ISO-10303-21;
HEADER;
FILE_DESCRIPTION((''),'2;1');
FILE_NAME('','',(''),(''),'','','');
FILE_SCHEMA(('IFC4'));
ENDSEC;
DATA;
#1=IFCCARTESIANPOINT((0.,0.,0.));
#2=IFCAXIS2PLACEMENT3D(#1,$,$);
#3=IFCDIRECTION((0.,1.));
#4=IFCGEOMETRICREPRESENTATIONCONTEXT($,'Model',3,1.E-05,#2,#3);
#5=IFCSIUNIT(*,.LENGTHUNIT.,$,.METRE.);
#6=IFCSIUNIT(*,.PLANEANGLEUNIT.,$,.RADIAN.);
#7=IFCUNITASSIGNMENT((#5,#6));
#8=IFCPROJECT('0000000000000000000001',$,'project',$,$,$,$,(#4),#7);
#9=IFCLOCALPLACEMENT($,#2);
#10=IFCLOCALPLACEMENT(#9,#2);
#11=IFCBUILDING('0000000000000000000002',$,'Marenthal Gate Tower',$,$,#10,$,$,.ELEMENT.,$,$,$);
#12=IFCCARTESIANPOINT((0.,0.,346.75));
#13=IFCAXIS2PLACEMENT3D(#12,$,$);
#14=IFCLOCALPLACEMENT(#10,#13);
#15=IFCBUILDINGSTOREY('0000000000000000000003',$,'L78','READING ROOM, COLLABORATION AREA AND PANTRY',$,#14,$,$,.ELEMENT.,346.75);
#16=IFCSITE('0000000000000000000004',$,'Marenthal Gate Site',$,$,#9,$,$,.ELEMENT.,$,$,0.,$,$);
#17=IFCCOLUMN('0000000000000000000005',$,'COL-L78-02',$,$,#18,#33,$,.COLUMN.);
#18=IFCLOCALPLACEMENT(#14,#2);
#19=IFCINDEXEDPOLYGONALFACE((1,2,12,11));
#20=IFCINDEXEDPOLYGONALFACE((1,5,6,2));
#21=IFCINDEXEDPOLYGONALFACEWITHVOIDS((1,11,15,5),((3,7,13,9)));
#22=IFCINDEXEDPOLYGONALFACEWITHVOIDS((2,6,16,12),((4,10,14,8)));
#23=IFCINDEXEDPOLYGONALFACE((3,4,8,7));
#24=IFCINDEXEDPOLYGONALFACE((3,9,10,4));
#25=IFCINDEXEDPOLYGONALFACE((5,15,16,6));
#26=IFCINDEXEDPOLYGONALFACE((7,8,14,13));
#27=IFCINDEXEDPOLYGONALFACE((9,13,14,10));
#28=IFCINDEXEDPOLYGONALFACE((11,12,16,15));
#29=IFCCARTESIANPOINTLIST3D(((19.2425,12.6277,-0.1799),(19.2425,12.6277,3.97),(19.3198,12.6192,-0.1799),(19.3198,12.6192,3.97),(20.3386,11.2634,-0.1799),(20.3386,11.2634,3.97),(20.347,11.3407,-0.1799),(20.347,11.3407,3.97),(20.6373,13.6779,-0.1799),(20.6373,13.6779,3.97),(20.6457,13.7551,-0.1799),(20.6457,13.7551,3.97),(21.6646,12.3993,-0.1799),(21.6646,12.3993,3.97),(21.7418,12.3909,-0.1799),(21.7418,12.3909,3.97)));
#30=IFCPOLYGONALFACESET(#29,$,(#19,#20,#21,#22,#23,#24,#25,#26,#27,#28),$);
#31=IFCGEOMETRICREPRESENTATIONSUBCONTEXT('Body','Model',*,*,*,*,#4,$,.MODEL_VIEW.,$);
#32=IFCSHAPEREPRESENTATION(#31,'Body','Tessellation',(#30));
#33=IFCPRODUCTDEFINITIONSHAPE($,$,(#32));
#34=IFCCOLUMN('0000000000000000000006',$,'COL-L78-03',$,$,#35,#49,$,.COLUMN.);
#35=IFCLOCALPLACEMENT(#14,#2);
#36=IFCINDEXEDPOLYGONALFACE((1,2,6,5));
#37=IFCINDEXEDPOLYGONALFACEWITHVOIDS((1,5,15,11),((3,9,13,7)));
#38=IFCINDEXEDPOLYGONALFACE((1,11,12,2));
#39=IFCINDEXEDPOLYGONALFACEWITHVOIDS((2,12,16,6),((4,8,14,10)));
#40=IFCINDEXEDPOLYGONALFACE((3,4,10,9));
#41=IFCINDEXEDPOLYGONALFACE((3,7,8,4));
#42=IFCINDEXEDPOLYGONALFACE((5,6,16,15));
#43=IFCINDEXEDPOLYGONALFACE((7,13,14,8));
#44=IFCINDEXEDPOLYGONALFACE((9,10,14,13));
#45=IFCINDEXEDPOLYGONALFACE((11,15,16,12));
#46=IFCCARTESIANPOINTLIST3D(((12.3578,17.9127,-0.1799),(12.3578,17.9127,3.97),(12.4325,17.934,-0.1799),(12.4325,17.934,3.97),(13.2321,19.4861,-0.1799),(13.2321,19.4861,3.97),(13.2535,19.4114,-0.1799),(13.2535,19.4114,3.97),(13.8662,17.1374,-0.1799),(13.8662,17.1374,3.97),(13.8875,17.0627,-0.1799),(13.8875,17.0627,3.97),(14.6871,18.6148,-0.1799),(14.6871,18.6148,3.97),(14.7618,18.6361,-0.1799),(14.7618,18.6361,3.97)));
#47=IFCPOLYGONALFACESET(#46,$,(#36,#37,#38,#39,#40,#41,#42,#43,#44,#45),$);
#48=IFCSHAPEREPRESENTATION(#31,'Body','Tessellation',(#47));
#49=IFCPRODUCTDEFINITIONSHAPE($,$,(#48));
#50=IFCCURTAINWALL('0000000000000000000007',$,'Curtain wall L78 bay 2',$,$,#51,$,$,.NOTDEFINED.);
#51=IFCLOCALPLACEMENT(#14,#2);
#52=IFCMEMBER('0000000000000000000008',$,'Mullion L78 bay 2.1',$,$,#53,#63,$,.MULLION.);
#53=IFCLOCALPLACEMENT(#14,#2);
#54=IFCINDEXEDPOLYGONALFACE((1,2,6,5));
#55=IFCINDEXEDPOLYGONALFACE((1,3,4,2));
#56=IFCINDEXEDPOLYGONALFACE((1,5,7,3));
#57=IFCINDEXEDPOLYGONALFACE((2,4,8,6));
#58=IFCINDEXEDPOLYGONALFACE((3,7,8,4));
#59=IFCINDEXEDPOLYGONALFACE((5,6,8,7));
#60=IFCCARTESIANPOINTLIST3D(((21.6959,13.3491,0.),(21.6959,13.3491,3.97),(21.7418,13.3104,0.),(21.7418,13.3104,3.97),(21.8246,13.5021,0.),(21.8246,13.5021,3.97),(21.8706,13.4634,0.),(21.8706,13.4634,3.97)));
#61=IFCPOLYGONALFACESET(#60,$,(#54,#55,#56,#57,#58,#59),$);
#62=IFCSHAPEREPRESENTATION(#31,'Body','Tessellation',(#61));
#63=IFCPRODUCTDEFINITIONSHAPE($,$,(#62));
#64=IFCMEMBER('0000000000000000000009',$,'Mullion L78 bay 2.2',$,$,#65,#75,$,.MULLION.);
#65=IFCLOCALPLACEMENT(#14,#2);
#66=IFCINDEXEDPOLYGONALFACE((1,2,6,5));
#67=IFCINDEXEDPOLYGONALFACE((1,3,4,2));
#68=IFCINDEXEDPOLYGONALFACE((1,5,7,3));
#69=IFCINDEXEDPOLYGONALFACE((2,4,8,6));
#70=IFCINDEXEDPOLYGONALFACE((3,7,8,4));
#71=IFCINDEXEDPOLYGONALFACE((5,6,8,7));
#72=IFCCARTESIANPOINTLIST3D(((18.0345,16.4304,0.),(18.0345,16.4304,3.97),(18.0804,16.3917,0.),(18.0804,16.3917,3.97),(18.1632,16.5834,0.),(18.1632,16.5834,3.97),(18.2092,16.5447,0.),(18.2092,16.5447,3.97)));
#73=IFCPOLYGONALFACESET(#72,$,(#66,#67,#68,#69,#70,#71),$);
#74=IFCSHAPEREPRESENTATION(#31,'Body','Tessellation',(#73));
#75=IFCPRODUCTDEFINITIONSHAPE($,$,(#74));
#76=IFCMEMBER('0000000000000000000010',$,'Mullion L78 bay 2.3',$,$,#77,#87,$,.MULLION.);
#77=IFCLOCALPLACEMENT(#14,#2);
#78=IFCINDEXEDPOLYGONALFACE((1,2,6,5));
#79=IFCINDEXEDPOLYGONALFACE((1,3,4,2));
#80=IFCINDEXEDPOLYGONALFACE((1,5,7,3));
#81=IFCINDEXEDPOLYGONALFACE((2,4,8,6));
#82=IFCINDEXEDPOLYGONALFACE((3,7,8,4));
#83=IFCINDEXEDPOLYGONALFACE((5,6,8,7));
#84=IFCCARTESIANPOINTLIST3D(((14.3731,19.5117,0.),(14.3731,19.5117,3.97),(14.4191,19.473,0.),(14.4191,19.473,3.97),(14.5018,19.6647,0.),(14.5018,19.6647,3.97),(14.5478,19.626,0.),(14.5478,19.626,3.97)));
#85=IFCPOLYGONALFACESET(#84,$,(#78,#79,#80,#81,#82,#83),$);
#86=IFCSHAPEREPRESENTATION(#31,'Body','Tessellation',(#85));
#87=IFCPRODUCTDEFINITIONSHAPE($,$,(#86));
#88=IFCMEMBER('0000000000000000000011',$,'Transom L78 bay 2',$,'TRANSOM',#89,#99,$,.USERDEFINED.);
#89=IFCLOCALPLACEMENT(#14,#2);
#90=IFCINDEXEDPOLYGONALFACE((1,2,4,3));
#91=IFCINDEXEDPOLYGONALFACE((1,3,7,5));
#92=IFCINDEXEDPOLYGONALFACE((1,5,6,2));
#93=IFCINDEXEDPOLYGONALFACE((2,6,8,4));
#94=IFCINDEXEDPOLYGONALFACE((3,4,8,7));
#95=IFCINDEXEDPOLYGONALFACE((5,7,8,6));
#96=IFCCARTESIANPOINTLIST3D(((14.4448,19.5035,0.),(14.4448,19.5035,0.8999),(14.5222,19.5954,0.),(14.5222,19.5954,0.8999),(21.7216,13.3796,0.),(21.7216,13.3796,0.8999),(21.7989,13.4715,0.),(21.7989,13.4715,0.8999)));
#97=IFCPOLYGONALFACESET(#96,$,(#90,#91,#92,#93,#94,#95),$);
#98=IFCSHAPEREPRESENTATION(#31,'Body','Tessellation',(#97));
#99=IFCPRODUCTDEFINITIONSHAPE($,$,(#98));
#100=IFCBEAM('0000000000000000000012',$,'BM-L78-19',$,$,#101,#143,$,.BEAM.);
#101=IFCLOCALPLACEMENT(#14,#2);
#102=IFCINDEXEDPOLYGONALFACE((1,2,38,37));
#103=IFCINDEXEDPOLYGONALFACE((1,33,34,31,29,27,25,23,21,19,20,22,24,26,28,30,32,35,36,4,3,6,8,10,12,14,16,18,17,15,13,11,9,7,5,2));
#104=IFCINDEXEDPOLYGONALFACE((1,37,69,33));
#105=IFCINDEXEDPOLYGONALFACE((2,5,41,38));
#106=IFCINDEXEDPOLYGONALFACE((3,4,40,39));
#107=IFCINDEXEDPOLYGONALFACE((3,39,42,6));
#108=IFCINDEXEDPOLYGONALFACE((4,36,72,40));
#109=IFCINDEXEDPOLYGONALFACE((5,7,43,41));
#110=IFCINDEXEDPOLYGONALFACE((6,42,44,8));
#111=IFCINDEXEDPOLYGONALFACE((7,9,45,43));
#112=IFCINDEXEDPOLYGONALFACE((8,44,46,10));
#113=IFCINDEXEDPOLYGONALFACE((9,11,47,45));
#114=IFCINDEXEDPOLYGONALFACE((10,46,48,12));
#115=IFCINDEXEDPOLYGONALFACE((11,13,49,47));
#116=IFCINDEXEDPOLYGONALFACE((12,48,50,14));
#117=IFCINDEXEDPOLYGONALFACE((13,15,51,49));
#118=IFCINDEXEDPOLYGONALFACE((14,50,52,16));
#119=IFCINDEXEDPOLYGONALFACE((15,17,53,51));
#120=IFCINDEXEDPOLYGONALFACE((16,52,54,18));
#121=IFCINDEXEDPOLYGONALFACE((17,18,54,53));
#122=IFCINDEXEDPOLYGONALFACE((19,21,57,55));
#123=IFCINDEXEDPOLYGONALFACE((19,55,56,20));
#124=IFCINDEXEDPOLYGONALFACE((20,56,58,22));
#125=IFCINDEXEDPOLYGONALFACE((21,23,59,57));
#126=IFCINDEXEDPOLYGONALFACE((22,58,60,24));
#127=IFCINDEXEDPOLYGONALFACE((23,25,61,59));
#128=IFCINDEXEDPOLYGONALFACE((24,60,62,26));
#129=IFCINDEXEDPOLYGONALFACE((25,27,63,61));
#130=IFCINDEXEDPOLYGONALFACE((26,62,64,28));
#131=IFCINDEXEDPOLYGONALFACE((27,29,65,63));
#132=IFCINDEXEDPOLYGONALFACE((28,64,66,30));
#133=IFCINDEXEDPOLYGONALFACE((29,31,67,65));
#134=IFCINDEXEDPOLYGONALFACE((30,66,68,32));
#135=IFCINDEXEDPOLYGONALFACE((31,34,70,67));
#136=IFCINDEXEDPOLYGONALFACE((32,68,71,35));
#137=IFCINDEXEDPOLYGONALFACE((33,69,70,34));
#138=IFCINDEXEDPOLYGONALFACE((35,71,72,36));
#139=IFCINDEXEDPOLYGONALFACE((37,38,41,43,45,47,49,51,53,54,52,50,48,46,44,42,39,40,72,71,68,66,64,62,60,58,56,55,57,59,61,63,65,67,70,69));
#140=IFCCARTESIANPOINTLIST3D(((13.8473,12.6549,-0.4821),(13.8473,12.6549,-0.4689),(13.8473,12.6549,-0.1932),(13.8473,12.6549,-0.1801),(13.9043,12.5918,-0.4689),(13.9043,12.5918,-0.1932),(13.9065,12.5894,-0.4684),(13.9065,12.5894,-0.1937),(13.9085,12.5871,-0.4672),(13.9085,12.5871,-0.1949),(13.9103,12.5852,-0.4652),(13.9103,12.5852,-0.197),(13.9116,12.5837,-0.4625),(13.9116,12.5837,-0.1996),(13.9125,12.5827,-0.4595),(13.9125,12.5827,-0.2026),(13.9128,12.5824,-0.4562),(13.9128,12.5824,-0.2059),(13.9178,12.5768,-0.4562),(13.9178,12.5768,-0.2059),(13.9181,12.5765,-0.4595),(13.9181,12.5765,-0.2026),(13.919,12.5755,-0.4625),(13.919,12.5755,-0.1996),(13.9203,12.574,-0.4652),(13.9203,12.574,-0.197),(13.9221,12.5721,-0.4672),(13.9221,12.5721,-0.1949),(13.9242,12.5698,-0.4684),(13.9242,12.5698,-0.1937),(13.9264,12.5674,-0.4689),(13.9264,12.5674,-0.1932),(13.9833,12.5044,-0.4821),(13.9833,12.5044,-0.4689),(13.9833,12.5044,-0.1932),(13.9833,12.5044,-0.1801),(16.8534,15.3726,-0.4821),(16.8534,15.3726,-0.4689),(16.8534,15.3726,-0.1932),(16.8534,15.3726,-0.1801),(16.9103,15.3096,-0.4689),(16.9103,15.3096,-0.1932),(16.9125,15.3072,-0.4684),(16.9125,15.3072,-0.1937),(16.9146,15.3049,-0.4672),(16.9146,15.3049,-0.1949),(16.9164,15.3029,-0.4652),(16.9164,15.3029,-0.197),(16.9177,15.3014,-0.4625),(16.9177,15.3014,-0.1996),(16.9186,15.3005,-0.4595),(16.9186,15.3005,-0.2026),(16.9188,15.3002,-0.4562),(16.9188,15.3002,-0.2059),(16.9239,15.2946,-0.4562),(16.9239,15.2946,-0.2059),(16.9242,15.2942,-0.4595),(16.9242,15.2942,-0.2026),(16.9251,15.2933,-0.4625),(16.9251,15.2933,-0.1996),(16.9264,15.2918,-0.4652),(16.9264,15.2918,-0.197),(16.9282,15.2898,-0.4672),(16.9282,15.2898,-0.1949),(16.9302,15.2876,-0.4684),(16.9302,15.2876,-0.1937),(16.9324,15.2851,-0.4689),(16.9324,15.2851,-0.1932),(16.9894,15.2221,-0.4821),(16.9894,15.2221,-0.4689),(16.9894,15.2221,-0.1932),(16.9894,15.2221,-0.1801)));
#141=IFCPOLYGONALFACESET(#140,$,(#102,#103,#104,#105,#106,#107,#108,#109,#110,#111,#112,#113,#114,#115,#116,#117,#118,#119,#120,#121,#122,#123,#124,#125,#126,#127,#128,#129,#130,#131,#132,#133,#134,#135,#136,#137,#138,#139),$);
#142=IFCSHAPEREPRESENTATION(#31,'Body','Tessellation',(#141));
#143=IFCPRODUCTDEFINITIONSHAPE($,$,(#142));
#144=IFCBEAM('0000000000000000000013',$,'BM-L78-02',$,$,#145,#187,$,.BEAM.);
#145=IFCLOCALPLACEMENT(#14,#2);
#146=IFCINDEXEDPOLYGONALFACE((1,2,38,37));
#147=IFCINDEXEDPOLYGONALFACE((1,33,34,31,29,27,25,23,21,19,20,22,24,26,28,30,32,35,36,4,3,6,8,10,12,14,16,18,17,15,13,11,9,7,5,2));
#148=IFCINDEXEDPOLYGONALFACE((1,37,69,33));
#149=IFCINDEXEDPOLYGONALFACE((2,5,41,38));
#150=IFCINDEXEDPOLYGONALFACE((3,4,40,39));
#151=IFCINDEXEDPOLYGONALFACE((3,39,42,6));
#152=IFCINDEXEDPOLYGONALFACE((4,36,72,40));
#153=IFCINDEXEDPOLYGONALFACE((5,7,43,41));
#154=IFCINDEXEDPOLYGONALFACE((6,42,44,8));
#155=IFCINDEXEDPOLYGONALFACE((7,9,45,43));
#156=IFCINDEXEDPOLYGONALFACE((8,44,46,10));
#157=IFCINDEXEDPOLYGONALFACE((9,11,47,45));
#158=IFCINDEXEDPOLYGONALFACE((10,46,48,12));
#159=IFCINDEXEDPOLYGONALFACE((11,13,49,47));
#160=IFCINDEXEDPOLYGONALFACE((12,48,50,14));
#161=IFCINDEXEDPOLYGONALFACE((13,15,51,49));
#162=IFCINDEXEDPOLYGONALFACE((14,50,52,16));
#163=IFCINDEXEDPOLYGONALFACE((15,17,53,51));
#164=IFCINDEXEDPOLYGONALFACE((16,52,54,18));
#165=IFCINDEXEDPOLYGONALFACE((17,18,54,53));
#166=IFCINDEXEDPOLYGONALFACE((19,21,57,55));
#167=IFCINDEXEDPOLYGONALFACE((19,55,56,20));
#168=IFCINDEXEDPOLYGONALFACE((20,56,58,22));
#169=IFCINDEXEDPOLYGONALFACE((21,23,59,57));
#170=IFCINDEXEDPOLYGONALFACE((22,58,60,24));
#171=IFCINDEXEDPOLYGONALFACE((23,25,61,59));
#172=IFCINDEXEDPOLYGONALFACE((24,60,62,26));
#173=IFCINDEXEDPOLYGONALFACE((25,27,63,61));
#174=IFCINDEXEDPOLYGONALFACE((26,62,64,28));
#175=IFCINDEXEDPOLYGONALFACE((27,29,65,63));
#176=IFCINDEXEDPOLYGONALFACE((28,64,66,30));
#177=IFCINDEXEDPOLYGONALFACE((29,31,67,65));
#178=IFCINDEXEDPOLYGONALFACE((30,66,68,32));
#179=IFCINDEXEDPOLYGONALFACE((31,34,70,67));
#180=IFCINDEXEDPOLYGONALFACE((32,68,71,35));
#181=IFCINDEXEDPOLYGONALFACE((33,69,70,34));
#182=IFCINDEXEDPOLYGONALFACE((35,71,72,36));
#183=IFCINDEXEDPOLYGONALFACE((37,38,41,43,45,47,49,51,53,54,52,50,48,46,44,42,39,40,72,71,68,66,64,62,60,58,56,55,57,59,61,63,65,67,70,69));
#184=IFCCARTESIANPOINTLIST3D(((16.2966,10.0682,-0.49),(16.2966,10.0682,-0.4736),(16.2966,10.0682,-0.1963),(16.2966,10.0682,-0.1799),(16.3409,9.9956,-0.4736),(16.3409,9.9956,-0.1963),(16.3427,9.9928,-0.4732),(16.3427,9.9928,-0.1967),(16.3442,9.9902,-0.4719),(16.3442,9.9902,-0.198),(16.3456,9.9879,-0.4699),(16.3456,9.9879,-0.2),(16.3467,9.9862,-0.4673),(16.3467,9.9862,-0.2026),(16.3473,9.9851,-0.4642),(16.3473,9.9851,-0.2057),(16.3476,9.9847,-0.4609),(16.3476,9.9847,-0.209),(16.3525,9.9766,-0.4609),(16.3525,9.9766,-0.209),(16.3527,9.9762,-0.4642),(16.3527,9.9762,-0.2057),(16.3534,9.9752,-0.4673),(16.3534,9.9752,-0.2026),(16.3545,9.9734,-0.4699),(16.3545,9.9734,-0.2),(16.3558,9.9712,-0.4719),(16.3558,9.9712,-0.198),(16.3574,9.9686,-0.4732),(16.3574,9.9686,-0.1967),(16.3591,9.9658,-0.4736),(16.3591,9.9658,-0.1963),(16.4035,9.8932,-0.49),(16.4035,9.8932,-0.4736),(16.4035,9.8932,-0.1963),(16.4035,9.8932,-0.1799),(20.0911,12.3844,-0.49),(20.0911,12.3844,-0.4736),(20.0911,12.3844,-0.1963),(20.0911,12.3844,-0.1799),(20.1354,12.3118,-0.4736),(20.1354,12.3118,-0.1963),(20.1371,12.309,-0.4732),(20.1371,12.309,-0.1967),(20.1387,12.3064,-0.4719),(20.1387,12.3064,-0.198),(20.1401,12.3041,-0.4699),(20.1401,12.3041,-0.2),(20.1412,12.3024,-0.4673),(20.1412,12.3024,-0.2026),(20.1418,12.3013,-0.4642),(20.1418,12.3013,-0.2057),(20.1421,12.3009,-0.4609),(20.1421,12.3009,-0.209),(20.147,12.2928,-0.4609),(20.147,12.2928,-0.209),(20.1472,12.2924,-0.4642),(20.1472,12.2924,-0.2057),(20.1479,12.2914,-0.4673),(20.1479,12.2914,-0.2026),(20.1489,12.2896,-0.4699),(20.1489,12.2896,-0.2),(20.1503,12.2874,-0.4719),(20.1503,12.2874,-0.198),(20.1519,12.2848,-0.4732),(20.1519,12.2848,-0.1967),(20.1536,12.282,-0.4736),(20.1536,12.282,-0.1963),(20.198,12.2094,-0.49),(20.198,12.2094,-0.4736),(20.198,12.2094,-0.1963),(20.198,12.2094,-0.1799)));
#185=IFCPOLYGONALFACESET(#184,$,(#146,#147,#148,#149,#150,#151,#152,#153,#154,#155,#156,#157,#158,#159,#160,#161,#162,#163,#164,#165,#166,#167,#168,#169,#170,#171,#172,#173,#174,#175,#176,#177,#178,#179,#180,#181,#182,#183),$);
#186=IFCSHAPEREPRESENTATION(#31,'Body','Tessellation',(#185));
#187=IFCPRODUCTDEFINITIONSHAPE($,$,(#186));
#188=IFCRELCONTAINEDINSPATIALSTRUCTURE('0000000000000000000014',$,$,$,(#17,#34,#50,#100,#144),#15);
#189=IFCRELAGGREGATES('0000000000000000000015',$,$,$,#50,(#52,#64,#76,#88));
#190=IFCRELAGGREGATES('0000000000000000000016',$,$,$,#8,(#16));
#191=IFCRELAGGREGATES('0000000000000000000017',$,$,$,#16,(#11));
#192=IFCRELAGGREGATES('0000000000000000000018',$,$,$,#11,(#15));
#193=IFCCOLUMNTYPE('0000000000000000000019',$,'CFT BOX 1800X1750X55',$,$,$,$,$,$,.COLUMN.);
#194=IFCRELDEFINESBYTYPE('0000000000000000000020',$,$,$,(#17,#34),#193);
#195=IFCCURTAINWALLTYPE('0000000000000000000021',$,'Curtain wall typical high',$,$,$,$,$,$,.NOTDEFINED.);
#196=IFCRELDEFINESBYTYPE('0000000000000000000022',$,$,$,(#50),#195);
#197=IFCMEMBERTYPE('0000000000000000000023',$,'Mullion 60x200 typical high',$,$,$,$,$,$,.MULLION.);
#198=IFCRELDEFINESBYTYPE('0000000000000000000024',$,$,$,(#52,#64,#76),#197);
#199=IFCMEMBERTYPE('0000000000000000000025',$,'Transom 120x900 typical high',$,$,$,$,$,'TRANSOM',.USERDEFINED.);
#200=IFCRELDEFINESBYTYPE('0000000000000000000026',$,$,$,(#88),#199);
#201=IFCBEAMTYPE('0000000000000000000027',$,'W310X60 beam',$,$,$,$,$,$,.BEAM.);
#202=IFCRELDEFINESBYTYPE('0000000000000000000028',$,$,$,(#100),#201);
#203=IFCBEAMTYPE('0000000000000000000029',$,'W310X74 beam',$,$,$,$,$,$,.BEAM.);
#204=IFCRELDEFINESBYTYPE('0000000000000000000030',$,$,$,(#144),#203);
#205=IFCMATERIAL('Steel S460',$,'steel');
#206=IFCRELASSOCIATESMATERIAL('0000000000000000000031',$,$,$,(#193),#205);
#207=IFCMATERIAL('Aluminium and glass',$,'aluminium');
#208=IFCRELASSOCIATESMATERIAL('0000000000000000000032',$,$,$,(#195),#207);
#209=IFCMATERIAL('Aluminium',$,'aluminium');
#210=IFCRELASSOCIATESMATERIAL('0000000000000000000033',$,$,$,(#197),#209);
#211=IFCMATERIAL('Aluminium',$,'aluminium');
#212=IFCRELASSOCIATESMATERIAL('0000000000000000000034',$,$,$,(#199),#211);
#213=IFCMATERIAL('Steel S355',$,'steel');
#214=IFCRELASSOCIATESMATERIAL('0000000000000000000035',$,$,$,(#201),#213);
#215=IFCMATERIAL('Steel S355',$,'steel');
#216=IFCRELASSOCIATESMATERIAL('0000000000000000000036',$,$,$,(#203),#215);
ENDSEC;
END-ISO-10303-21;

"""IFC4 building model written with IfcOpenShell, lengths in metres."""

from ifc_helpers import new_model, si_unit, direction, frame, origin, origin_2d, place, context, subcontext, project, spatial, rectangle, hollow_rectangle, i_section, extrude, material, material_profile, profile_set, type_object, element, aggregate, save


model = new_model("IFC4")

# Units and contexts
model_context = context("Model", 3, precision=1e-05, world=origin(), true_north=direction((0.0, 1.0)))
body_context = subcontext(model_context, "Body", "Model", "MODEL_VIEW")
ifc_project = project(units=[si_unit("LENGTHUNIT", "METRE"), si_unit("PLANEANGLEUNIT", "RADIAN")], contexts=[model_context])

# Site, building, storey
site_placement = place(None, origin())
site = spatial("IfcSite", under=ifc_project, at=site_placement, Name="Marenthal Gate Site", CompositionType="ELEMENT", RefElevation=0.0)
building_placement = place(site_placement, origin())
building = spatial("IfcBuilding", under=site, at=building_placement, Name="Marenthal Gate Tower", CompositionType="ELEMENT")
storey_placement = place(building_placement, frame((0.0, 0.0, 346.75)))
storey = spatial("IfcBuildingStorey", under=building, at=storey_placement, Name="L78", Description="READING ROOM, COLLABORATION AREA AND PANTRY", CompositionType="ELEMENT", Elevation=346.75)

# Columns
ifc_material_1 = material(Name="Steel S460", Category="steel")
ifc_material_profile_1 = material_profile(ifc_material_1, hollow_rectangle(XDim=1.75, YDim=1.8, WallThickness=0.0549, at=origin_2d()), Name="CFT BOX 1800X1750X55")
ifc_material_2 = material(Name="Concrete 70 MPa", Category="concrete")
ifc_material_profile_2 = material_profile(ifc_material_2, rectangle(XDim=1.6399, YDim=1.6899, at=origin_2d()), Name="CFT BOX 1800X1750X55 INFILL")
ifc_profile_set_1 = profile_set([ifc_material_profile_1, ifc_material_profile_2], Name="Steel S460 shell, Concrete 70 MPa infill")
column_type = type_object("IfcColumnType", Name="CFT BOX 1800X1750X55", PredefinedType="COLUMN", material=ifc_profile_set_1)
for number, where, z_axis, x_axis, name in (
    (1, (20.4922, 12.5093, -0.1799), (0.0, 0.0, 1.0), (0.626344, -0.779547, 0.0), "COL-L78-02"),
    (2, (13.5598, 18.2744, -0.1799), (0.0, 0.0, 1.0), (0.874116, -0.485718, 0.0), "COL-L78-03"),
):
    element("IfcColumn", number, at=place(storey_placement, frame(where, z_axis=z_axis, x_axis=x_axis)), inside=storey, type_object=column_type, Name=name, PredefinedType="COLUMN", context=body_context, shape_type="SweptSolid", body=[
        extrude(hollow_rectangle(XDim=1.75, YDim=1.8, WallThickness=0.0549, at=origin_2d()), origin(), (0.0, 0.0, 1.0), 4.1499),
    ])

# Curtain wall, members
ifc_material_3 = material(Name="Aluminium and glass", Category="aluminium")
curtain_wall_type = type_object("IfcCurtainWallType", Name="Curtain wall typical high", PredefinedType="NOTDEFINED", material=ifc_material_3)
curtain_wall_placement = place(storey_placement, origin())
curtain_wall = element("IfcCurtainWall", 3, at=curtain_wall_placement, inside=storey, type_object=curtain_wall_type, Name="Curtain wall L78 bay 2", PredefinedType="NOTDEFINED")
ifc_material_4 = material(Name="Aluminium", Category="aluminium")
ifc_material_profile_3 = material_profile(ifc_material_4, rectangle(XDim=0.2, YDim=0.0601, at=origin_2d()), Name="60x200 aluminium mullion")
ifc_profile_set_2 = profile_set([ifc_material_profile_3], Name="Aluminium")
member_type_1 = type_object("IfcMemberType", Name="Mullion 60x200 typical high", PredefinedType="MULLION", material=ifc_profile_set_2)
member_1_placement = place(storey_placement, frame((21.7832, 13.4062, 0.0), z_axis=(0.0, 0.0, 1.0), x_axis=(-0.643896, -0.765113, 0.0)))
member_1 = element("IfcMember", 4, at=member_1_placement, type_object=member_type_1, Name="Mullion L78 bay 2.1", PredefinedType="MULLION", context=body_context, shape_type="SweptSolid", body=[
    extrude(rectangle(XDim=0.2, YDim=0.0601, at=origin_2d()), origin(), (0.0, 0.0, 1.0), 3.97),
])
member_2_placement = place(storey_placement, frame((18.1218, 16.4875, 0.0), z_axis=(0.0, 0.0, 1.0), x_axis=(-0.643896, -0.765113, 0.0)))
member_2 = element("IfcMember", 5, at=member_2_placement, type_object=member_type_1, Name="Mullion L78 bay 2.2", PredefinedType="MULLION", context=body_context, shape_type="SweptSolid", body=[
    extrude(rectangle(XDim=0.2, YDim=0.0601, at=origin_2d()), origin(), (0.0, 0.0, 1.0), 3.97),
])
member_3_placement = place(storey_placement, frame((14.4604, 19.5688, 0.0), z_axis=(0.0, 0.0, 1.0), x_axis=(-0.643896, -0.765113, 0.0)))
member_3 = element("IfcMember", 6, at=member_3_placement, type_object=member_type_1, Name="Mullion L78 bay 2.3", PredefinedType="MULLION", context=body_context, shape_type="SweptSolid", body=[
    extrude(rectangle(XDim=0.2, YDim=0.0601, at=origin_2d()), origin(), (0.0, 0.0, 1.0), 3.97),
])
ifc_material_5 = material(Name="Aluminium", Category="aluminium")
ifc_material_profile_4 = material_profile(ifc_material_5, rectangle(XDim=0.1201, YDim=0.8999, at=origin_2d()), Name="120x900 aluminium transom")
ifc_profile_set_3 = profile_set([ifc_material_profile_4], Name="Aluminium")
member_type_2 = type_object("IfcMemberType", Name="Transom 120x900 typical high", ElementType="TRANSOM", PredefinedType="USERDEFINED", material=ifc_profile_set_3)
member_4_placement = place(storey_placement, frame((21.7603, 13.4255, 0.45), z_axis=(-0.765111, 0.643899, 0.0), x_axis=(-0.643899, -0.765111, 0.0)))
member_4 = element("IfcMember", 7, at=member_4_placement, type_object=member_type_2, Name="Transom L78 bay 2", ObjectType="TRANSOM", PredefinedType="USERDEFINED", context=body_context, shape_type="SweptSolid", body=[
    extrude(rectangle(XDim=0.1201, YDim=0.8999, at=origin_2d()), origin(), (0.0, 0.0, 1.0), 9.5107),
])

# Beams
ifc_material_6 = material(Name="Steel S355", Category="steel")
ifc_material_profile_5 = material_profile(ifc_material_6, i_section(OverallWidth=0.2029, OverallDepth=0.302, WebThickness=0.0076, FlangeThickness=0.0132, FilletRadius=0.0127, at=origin_2d()), Name="W310X60")
ifc_profile_set_4 = profile_set([ifc_material_profile_5], Name="Steel S355")
beam_type_1 = type_object("IfcBeamType", Name="W310X60 beam", PredefinedType="BEAM", material=ifc_profile_set_4)
beam_1_placement = place(storey_placement, frame((16.9214, 15.2974, -0.3311), z_axis=(-0.741785, -0.670637, 0.0), x_axis=(0.670637, -0.741785, 0.0)))
element("IfcBeam", 8, at=beam_1_placement, inside=storey, type_object=beam_type_1, Name="BM-L78-19", PredefinedType="BEAM", context=body_context, shape_type="SweptSolid", body=[
    extrude(i_section(OverallWidth=0.2029, OverallDepth=0.302, WebThickness=0.0076, FlangeThickness=0.0132, FilletRadius=0.0127, at=origin_2d()), origin(), (0.0, 0.0, 1.0), 4.0525),
])
ifc_material_7 = material(Name="Steel S355", Category="steel")
ifc_material_profile_6 = material_profile(ifc_material_7, i_section(OverallWidth=0.2051, OverallDepth=0.3101, WebThickness=0.0095, FlangeThickness=0.0164, FilletRadius=0.0127, at=origin_2d()), Name="W310X74")
ifc_profile_set_5 = profile_set([ifc_material_profile_6], Name="Steel S355")
beam_type_2 = type_object("IfcBeamType", Name="W310X74 beam", PredefinedType="BEAM", material=ifc_profile_set_5)
beam_2_placement = place(storey_placement, frame((20.1445, 12.2969, -0.335), z_axis=(-0.853548, -0.521015, 0.0), x_axis=(0.521015, -0.853548, 0.0)))
element("IfcBeam", 9, at=beam_2_placement, inside=storey, type_object=beam_type_2, Name="BM-L78-02", PredefinedType="BEAM", context=body_context, shape_type="SweptSolid", body=[
    extrude(i_section(OverallWidth=0.2051, OverallDepth=0.3101, WebThickness=0.0095, FlangeThickness=0.0164, FilletRadius=0.0127, at=origin_2d()), origin(), (0.0, 0.0, 1.0), 4.4456),
])

aggregate(curtain_wall, [member_1, member_2, member_3, member_4])

save(model, "model.ifc")
